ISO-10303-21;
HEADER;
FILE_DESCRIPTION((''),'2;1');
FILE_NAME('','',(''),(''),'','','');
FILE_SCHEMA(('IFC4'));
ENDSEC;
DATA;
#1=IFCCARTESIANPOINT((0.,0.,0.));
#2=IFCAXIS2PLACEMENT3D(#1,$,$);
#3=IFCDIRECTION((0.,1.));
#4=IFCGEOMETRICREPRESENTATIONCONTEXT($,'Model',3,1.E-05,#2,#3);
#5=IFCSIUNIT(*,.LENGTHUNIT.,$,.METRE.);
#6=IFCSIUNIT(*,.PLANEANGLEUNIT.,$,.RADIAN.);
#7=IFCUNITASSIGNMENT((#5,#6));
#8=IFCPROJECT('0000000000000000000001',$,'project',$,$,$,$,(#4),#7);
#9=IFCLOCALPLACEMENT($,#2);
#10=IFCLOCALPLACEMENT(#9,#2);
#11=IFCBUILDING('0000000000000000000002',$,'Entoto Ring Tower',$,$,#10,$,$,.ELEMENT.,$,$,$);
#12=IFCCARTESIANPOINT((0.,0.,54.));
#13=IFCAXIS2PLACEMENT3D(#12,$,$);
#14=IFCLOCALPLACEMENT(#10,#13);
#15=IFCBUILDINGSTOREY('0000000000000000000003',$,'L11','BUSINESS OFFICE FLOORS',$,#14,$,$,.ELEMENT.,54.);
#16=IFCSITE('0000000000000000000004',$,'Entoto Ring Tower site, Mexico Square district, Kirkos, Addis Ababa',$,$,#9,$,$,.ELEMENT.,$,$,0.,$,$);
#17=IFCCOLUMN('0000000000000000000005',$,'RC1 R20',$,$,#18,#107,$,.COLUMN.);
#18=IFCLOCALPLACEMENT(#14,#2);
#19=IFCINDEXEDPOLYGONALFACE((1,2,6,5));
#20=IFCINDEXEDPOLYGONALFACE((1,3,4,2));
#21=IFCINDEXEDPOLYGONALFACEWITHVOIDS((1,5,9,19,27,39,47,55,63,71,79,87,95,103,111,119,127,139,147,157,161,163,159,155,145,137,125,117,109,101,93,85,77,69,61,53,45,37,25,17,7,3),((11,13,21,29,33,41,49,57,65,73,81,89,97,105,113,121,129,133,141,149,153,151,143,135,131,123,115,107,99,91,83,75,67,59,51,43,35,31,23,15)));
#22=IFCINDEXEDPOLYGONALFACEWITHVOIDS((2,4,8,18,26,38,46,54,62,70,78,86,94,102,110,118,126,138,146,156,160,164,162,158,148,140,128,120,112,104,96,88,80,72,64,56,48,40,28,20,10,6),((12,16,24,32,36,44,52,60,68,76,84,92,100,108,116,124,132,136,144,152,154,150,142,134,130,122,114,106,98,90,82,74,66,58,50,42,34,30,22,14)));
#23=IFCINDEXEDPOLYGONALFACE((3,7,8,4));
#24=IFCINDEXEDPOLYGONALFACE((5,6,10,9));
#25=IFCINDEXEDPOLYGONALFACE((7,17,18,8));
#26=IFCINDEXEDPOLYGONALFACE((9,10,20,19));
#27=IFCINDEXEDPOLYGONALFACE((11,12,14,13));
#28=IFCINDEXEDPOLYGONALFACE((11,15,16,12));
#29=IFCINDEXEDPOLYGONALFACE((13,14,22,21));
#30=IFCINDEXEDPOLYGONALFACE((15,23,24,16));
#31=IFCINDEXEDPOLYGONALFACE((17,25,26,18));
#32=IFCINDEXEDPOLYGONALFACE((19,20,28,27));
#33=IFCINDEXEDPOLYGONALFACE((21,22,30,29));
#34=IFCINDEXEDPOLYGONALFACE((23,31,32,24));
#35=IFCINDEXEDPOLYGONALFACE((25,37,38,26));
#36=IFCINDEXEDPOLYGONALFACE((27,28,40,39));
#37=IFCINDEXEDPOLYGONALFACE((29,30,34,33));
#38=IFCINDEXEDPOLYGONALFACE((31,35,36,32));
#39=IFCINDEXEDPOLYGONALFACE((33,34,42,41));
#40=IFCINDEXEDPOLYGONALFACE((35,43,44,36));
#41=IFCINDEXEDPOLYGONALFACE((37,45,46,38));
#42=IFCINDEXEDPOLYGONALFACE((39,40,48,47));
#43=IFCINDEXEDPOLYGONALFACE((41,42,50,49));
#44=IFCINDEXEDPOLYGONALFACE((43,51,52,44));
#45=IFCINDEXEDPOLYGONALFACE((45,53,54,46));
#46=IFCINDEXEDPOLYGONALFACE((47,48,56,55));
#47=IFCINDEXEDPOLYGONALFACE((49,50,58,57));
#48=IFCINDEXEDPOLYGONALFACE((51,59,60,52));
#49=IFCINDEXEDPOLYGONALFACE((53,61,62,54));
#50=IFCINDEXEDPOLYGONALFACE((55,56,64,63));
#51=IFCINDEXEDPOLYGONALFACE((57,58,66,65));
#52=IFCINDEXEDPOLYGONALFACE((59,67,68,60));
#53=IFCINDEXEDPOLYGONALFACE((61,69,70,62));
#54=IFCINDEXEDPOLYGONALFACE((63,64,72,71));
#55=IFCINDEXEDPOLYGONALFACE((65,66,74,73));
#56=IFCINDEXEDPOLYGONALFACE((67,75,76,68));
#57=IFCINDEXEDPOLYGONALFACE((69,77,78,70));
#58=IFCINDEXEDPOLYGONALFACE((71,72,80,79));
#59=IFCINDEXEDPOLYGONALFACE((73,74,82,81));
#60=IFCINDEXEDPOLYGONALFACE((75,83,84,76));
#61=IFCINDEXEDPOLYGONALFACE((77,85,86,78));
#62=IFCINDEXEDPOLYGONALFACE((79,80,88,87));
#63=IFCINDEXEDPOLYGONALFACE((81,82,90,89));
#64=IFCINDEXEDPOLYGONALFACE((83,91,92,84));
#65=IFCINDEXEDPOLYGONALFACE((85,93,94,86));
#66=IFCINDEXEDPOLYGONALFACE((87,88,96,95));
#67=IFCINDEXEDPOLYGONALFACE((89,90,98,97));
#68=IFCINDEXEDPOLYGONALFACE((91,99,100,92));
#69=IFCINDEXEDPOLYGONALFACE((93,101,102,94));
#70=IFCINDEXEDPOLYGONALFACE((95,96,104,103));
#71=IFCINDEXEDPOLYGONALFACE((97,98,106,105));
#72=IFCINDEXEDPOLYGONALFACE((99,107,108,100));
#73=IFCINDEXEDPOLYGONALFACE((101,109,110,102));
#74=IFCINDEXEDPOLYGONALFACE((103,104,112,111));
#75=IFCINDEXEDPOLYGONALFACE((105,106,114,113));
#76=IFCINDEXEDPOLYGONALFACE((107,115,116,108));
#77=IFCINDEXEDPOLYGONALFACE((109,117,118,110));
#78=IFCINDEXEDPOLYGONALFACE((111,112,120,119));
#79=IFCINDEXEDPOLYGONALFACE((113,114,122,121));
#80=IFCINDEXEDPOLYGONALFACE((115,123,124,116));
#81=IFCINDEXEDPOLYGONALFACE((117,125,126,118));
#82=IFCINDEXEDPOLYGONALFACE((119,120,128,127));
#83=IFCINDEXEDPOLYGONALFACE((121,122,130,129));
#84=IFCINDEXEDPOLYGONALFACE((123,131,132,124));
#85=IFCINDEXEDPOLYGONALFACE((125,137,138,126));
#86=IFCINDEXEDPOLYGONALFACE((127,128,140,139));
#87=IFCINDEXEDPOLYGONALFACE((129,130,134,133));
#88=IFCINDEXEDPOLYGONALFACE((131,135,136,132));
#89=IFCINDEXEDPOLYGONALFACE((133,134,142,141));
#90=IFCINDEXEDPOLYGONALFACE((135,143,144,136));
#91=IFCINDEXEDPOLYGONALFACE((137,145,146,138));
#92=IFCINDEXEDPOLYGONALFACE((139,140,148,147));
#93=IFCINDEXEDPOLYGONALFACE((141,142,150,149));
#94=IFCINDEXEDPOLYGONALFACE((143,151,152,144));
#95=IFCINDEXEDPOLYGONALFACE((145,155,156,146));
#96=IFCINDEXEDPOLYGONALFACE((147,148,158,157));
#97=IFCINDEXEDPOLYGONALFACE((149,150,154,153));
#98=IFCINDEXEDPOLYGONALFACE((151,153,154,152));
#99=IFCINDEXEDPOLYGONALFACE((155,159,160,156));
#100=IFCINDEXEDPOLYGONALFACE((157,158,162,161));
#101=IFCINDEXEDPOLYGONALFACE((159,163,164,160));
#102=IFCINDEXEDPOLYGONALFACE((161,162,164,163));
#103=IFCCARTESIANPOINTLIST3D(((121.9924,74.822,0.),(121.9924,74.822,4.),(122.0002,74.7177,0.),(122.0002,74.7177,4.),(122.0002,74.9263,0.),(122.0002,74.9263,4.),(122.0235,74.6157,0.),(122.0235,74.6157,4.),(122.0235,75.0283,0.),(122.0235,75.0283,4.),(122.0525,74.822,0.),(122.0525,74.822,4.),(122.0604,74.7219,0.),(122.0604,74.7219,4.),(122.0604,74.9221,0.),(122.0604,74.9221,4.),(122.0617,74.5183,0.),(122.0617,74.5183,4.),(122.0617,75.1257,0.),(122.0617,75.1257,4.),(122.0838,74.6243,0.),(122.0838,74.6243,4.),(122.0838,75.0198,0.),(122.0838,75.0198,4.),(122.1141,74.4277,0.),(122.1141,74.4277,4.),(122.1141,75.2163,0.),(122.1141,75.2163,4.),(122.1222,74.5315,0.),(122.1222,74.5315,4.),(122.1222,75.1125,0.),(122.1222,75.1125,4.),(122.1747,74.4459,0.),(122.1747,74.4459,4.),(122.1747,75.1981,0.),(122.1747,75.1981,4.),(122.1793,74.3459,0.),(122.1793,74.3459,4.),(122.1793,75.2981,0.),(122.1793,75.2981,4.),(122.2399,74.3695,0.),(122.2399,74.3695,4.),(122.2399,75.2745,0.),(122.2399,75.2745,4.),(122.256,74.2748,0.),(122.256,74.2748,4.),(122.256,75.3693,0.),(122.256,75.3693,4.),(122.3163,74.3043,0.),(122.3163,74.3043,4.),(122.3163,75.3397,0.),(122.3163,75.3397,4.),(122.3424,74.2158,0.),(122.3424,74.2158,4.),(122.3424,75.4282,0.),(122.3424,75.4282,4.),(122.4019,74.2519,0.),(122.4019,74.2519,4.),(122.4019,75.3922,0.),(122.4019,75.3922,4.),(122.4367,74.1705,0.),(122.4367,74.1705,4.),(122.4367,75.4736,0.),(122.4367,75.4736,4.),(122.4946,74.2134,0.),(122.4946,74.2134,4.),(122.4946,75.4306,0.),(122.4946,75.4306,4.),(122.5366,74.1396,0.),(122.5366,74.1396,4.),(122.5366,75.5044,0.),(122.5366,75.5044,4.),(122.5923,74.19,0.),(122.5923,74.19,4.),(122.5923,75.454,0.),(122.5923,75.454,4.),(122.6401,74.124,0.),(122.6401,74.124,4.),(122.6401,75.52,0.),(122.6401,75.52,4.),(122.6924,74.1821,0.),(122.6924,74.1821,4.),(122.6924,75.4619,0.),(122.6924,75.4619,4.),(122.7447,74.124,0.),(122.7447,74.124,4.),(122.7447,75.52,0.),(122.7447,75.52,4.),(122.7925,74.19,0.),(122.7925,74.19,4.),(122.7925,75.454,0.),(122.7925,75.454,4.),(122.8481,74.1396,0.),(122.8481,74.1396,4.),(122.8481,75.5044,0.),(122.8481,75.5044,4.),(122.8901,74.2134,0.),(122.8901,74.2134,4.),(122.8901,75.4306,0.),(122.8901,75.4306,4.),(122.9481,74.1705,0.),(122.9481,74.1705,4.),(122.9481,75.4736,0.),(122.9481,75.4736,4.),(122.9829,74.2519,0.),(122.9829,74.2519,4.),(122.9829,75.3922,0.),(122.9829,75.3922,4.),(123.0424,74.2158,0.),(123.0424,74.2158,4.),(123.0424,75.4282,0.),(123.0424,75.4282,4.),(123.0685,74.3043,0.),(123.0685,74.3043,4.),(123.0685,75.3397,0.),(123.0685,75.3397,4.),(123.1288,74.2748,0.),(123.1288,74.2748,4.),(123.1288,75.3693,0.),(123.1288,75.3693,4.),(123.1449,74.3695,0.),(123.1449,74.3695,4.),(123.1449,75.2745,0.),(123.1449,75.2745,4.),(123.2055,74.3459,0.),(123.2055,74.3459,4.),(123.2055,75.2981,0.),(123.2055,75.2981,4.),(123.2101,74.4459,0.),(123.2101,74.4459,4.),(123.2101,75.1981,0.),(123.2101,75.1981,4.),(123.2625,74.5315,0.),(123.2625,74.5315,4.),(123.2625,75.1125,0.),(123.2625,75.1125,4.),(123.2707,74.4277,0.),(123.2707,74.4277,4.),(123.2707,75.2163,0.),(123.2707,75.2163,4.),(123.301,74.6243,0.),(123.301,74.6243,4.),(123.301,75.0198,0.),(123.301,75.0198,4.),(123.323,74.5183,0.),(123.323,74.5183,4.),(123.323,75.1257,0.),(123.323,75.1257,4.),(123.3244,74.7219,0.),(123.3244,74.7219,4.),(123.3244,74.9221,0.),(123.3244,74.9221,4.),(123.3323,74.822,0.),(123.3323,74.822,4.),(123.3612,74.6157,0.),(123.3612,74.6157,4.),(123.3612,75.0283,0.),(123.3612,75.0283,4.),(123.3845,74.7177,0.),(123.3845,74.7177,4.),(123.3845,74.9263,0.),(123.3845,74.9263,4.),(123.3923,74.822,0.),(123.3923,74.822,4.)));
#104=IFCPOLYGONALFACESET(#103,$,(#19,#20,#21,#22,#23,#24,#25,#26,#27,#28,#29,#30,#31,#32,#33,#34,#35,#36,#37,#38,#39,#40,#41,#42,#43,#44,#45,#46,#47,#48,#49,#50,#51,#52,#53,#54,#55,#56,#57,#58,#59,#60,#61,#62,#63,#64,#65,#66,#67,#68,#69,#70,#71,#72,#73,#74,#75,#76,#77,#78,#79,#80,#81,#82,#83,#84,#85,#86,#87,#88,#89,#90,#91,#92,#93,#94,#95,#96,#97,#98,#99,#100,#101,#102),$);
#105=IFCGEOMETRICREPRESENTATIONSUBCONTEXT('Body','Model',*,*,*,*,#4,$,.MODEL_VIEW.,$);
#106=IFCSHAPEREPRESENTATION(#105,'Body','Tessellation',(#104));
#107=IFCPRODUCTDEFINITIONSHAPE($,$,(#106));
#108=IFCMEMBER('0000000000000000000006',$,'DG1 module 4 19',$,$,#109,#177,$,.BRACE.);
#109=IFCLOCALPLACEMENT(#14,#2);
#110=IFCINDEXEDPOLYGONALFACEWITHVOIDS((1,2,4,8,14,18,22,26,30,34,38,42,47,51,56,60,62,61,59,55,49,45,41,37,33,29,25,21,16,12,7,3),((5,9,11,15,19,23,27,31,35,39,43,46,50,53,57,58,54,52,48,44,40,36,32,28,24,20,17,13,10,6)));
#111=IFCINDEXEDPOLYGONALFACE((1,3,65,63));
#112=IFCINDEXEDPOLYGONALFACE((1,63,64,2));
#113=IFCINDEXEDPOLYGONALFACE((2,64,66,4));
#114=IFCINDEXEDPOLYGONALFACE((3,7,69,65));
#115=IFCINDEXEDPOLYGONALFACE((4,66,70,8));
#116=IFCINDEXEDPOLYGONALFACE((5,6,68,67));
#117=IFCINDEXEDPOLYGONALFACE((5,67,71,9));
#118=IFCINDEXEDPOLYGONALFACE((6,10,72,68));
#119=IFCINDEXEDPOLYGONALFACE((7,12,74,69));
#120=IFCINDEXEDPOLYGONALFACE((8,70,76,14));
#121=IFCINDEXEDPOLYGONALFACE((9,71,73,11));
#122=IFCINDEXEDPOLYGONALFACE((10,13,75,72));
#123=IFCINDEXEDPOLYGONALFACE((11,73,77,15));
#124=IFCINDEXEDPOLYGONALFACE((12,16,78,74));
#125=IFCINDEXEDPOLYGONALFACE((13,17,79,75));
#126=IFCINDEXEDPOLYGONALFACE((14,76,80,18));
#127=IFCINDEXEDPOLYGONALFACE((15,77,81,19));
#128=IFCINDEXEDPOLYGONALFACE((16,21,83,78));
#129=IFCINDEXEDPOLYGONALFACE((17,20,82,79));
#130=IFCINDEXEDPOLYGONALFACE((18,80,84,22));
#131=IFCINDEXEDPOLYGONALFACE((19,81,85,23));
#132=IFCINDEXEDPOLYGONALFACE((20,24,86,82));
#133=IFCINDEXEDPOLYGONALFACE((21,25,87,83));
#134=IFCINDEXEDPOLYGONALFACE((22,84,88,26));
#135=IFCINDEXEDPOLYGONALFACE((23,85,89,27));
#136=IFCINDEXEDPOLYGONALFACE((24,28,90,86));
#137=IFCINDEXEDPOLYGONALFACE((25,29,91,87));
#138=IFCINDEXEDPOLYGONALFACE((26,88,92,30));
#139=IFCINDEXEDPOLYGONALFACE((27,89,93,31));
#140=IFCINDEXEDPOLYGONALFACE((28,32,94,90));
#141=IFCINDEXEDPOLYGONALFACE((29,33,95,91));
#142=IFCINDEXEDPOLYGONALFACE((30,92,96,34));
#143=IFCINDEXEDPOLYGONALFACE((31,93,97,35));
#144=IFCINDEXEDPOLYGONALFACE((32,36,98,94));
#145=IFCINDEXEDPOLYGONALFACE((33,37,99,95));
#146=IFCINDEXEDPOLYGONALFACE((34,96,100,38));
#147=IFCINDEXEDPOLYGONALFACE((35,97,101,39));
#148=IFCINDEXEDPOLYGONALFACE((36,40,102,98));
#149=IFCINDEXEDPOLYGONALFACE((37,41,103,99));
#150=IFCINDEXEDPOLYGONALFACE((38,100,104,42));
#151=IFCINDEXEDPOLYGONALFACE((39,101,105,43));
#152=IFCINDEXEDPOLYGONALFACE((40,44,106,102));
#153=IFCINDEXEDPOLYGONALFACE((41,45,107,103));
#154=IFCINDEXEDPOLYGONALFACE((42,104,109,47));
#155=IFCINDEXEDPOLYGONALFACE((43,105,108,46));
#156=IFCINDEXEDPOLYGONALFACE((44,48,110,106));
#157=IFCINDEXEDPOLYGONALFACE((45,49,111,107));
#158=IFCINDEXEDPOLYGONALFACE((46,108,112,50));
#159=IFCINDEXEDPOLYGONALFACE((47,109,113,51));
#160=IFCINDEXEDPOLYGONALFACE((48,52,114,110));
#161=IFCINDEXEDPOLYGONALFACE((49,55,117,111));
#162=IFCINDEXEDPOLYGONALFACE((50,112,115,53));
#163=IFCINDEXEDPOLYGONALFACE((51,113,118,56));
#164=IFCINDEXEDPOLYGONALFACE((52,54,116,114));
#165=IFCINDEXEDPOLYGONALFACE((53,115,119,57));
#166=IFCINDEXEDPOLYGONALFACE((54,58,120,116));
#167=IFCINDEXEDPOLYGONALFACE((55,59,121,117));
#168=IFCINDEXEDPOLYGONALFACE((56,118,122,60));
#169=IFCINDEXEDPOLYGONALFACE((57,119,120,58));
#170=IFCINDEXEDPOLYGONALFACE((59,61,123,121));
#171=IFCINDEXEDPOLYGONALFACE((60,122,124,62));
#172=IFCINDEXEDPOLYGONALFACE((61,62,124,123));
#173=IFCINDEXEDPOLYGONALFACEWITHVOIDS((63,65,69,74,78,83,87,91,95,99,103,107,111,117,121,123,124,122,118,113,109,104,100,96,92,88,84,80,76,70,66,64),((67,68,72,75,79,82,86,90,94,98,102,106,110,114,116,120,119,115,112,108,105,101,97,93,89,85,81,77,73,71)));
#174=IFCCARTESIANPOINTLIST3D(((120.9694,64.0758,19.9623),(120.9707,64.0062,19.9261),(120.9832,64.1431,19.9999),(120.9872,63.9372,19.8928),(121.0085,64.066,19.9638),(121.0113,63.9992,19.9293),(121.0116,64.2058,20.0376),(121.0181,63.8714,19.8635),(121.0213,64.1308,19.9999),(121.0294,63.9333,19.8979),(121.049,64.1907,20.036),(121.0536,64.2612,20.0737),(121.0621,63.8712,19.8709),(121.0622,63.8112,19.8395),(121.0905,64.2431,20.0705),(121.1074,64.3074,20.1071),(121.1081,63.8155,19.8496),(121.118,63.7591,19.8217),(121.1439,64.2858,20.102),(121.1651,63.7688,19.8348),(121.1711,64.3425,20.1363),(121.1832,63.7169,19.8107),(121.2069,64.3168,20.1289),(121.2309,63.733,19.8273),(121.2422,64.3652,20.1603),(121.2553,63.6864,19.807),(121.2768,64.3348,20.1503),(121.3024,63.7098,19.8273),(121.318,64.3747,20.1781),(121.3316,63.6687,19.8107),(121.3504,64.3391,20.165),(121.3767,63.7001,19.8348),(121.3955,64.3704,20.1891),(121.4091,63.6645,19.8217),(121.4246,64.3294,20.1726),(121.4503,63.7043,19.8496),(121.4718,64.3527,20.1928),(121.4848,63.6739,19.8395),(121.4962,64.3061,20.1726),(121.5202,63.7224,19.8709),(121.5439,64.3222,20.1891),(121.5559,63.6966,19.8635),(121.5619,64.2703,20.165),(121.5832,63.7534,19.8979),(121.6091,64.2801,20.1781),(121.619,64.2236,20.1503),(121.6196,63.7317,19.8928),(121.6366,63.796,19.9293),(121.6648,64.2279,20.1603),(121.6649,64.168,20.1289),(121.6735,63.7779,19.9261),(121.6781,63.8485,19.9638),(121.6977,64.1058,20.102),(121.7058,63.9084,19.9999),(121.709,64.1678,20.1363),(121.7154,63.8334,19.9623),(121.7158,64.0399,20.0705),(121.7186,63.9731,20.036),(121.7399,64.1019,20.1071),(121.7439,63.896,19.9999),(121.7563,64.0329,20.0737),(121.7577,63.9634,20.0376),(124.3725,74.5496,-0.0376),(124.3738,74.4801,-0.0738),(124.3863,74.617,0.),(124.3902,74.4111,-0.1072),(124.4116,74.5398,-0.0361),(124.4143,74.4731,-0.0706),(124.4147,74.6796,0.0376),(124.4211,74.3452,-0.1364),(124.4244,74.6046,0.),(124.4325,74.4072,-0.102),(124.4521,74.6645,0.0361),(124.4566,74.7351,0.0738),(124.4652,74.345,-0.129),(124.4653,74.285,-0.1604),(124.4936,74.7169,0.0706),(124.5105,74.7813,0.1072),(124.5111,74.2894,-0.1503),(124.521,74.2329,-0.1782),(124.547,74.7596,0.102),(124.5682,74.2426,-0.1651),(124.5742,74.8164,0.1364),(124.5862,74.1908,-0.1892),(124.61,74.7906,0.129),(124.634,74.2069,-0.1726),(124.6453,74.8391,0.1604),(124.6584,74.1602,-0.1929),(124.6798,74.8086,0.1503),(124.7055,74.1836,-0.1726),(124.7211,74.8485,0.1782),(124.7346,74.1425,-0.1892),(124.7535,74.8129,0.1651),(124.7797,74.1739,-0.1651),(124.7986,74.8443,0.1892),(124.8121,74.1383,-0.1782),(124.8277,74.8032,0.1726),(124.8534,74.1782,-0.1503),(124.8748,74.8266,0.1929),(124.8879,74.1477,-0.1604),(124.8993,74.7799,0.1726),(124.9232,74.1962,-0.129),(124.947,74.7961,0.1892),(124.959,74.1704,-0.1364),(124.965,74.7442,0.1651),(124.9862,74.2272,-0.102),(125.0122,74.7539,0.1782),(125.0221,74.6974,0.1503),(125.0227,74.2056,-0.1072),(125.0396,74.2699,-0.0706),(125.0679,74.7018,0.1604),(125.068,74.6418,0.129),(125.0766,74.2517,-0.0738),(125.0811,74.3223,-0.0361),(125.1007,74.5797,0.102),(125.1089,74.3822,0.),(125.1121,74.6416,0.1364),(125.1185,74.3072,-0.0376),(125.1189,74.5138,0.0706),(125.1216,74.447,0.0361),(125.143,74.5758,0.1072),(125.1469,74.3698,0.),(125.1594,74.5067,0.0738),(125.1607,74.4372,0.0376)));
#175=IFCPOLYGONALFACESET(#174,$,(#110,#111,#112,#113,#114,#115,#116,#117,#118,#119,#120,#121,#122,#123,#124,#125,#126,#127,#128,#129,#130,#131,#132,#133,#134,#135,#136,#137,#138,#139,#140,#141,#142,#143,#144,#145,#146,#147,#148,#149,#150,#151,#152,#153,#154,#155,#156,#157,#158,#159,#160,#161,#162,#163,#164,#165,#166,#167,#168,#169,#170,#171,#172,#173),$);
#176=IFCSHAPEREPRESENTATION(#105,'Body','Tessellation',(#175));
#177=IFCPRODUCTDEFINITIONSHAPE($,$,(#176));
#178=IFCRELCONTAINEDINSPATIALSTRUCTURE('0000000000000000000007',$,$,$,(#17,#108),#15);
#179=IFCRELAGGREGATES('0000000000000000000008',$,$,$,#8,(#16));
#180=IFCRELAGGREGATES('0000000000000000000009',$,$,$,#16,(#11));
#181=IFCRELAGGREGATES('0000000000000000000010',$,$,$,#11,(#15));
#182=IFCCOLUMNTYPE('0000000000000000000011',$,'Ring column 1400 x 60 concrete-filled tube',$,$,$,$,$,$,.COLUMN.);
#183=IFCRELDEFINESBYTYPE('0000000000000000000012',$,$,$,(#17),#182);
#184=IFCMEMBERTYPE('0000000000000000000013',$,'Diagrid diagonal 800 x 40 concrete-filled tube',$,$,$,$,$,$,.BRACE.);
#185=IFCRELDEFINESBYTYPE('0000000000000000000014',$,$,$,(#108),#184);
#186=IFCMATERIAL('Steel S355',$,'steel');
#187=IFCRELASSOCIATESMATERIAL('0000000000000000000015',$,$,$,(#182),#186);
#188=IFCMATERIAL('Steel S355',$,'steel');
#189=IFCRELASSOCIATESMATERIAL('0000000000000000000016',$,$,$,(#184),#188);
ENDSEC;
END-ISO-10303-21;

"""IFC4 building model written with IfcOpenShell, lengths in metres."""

from ifc_helpers import new_model, si_unit, direction, frame, origin, origin_2d, place, context, subcontext, project, spatial, circle, hollow_circle, extrude, material, material_profile, profile_set, type_object, element, save


model = new_model("IFC4")

# Units and contexts
model_context = context("Model", 3, precision=1e-05, world=origin(), true_north=direction((0.0, 1.0)))
body_context = subcontext(model_context, "Body", "Model", "MODEL_VIEW")
ifc_project = project(units=[si_unit("LENGTHUNIT", "METRE"), si_unit("PLANEANGLEUNIT", "RADIAN")], contexts=[model_context])

# Site, building, storey
site_placement = place(None, origin())
site = spatial("IfcSite", under=ifc_project, at=site_placement, Name="Entoto Ring Tower site, Mexico Square district, Kirkos, Addis Ababa", CompositionType="ELEMENT", RefElevation=0.0)
building_placement = place(site_placement, origin())
building = spatial("IfcBuilding", under=site, at=building_placement, Name="Entoto Ring Tower", CompositionType="ELEMENT")
storey_placement = place(building_placement, frame((0.0, 0.0, 54.0)))
storey = spatial("IfcBuildingStorey", under=building, at=storey_placement, Name="L11", Description="BUSINESS OFFICE FLOORS", CompositionType="ELEMENT", Elevation=54.0)

# Column
ifc_material_1 = material(Name="Steel S355", Category="steel")
ifc_material_profile_1 = material_profile(ifc_material_1, hollow_circle(Radius=0.7, WallThickness=0.0601, at=origin_2d()), Name="CHS 1400 x 60")
ifc_material_2 = material(Name="Concrete C60/75", Category="concrete")
ifc_material_profile_2 = material_profile(ifc_material_2, circle(Radius=0.6399, at=origin_2d()), Name="Concrete C60/75 infill")
ifc_profile_set_1 = profile_set([ifc_material_profile_1, ifc_material_profile_2], Name="Steel S355")
column_type = type_object("IfcColumnType", Name="Ring column 1400 x 60 concrete-filled tube", PredefinedType="COLUMN", material=ifc_profile_set_1)
column_placement = place(storey_placement, frame((122.6924, 74.822, 0.0), z_axis=(0.0, 0.0, 1.0), x_axis=(1.0, 0.0, 0.0)))
element("IfcColumn", 1, at=column_placement, inside=storey, type_object=column_type, Name="RC1 R20", PredefinedType="COLUMN", context=body_context, shape_type="SweptSolid", body=[
    extrude(hollow_circle(Radius=0.7, WallThickness=0.0601, at=origin_2d()), origin(), (0.0, 0.0, 1.0), 4.0),
])

# Member
ifc_material_3 = material(Name="Steel S355", Category="steel")
ifc_material_profile_3 = material_profile(ifc_material_3, hollow_circle(Radius=0.3999, WallThickness=0.04, at=origin_2d()), Name="CHS 800 x 40")
ifc_material_4 = material(Name="Concrete C60/75", Category="concrete")
ifc_material_profile_4 = material_profile(ifc_material_4, circle(Radius=0.3601, at=origin_2d()), Name="Concrete C60/75 infill")
ifc_profile_set_2 = profile_set([ifc_material_profile_3, ifc_material_profile_4], Name="Steel S355")
member_type_1 = type_object("IfcMemberType", Name="Diagrid diagonal 800 x 40 concrete-filled tube", PredefinedType="BRACE", material=ifc_profile_set_2)
member_1_placement = place(storey_placement, frame((124.7666, 74.4934, 0.0), z_axis=(-0.149051, -0.458744, 0.875978), x_axis=(0.951059, -0.309009, 0.0)))
element("IfcMember", 2, at=member_1_placement, inside=storey, type_object=member_type_1, Name="DG1 module 4 19", PredefinedType="BRACE", context=body_context, shape_type="SweptSolid", body=[
    extrude(hollow_circle(Radius=0.3999, WallThickness=0.04, at=origin_2d()), origin(), (0.0, 0.0, 1.0), 22.8315),
])

save(model, "model.ifc")
